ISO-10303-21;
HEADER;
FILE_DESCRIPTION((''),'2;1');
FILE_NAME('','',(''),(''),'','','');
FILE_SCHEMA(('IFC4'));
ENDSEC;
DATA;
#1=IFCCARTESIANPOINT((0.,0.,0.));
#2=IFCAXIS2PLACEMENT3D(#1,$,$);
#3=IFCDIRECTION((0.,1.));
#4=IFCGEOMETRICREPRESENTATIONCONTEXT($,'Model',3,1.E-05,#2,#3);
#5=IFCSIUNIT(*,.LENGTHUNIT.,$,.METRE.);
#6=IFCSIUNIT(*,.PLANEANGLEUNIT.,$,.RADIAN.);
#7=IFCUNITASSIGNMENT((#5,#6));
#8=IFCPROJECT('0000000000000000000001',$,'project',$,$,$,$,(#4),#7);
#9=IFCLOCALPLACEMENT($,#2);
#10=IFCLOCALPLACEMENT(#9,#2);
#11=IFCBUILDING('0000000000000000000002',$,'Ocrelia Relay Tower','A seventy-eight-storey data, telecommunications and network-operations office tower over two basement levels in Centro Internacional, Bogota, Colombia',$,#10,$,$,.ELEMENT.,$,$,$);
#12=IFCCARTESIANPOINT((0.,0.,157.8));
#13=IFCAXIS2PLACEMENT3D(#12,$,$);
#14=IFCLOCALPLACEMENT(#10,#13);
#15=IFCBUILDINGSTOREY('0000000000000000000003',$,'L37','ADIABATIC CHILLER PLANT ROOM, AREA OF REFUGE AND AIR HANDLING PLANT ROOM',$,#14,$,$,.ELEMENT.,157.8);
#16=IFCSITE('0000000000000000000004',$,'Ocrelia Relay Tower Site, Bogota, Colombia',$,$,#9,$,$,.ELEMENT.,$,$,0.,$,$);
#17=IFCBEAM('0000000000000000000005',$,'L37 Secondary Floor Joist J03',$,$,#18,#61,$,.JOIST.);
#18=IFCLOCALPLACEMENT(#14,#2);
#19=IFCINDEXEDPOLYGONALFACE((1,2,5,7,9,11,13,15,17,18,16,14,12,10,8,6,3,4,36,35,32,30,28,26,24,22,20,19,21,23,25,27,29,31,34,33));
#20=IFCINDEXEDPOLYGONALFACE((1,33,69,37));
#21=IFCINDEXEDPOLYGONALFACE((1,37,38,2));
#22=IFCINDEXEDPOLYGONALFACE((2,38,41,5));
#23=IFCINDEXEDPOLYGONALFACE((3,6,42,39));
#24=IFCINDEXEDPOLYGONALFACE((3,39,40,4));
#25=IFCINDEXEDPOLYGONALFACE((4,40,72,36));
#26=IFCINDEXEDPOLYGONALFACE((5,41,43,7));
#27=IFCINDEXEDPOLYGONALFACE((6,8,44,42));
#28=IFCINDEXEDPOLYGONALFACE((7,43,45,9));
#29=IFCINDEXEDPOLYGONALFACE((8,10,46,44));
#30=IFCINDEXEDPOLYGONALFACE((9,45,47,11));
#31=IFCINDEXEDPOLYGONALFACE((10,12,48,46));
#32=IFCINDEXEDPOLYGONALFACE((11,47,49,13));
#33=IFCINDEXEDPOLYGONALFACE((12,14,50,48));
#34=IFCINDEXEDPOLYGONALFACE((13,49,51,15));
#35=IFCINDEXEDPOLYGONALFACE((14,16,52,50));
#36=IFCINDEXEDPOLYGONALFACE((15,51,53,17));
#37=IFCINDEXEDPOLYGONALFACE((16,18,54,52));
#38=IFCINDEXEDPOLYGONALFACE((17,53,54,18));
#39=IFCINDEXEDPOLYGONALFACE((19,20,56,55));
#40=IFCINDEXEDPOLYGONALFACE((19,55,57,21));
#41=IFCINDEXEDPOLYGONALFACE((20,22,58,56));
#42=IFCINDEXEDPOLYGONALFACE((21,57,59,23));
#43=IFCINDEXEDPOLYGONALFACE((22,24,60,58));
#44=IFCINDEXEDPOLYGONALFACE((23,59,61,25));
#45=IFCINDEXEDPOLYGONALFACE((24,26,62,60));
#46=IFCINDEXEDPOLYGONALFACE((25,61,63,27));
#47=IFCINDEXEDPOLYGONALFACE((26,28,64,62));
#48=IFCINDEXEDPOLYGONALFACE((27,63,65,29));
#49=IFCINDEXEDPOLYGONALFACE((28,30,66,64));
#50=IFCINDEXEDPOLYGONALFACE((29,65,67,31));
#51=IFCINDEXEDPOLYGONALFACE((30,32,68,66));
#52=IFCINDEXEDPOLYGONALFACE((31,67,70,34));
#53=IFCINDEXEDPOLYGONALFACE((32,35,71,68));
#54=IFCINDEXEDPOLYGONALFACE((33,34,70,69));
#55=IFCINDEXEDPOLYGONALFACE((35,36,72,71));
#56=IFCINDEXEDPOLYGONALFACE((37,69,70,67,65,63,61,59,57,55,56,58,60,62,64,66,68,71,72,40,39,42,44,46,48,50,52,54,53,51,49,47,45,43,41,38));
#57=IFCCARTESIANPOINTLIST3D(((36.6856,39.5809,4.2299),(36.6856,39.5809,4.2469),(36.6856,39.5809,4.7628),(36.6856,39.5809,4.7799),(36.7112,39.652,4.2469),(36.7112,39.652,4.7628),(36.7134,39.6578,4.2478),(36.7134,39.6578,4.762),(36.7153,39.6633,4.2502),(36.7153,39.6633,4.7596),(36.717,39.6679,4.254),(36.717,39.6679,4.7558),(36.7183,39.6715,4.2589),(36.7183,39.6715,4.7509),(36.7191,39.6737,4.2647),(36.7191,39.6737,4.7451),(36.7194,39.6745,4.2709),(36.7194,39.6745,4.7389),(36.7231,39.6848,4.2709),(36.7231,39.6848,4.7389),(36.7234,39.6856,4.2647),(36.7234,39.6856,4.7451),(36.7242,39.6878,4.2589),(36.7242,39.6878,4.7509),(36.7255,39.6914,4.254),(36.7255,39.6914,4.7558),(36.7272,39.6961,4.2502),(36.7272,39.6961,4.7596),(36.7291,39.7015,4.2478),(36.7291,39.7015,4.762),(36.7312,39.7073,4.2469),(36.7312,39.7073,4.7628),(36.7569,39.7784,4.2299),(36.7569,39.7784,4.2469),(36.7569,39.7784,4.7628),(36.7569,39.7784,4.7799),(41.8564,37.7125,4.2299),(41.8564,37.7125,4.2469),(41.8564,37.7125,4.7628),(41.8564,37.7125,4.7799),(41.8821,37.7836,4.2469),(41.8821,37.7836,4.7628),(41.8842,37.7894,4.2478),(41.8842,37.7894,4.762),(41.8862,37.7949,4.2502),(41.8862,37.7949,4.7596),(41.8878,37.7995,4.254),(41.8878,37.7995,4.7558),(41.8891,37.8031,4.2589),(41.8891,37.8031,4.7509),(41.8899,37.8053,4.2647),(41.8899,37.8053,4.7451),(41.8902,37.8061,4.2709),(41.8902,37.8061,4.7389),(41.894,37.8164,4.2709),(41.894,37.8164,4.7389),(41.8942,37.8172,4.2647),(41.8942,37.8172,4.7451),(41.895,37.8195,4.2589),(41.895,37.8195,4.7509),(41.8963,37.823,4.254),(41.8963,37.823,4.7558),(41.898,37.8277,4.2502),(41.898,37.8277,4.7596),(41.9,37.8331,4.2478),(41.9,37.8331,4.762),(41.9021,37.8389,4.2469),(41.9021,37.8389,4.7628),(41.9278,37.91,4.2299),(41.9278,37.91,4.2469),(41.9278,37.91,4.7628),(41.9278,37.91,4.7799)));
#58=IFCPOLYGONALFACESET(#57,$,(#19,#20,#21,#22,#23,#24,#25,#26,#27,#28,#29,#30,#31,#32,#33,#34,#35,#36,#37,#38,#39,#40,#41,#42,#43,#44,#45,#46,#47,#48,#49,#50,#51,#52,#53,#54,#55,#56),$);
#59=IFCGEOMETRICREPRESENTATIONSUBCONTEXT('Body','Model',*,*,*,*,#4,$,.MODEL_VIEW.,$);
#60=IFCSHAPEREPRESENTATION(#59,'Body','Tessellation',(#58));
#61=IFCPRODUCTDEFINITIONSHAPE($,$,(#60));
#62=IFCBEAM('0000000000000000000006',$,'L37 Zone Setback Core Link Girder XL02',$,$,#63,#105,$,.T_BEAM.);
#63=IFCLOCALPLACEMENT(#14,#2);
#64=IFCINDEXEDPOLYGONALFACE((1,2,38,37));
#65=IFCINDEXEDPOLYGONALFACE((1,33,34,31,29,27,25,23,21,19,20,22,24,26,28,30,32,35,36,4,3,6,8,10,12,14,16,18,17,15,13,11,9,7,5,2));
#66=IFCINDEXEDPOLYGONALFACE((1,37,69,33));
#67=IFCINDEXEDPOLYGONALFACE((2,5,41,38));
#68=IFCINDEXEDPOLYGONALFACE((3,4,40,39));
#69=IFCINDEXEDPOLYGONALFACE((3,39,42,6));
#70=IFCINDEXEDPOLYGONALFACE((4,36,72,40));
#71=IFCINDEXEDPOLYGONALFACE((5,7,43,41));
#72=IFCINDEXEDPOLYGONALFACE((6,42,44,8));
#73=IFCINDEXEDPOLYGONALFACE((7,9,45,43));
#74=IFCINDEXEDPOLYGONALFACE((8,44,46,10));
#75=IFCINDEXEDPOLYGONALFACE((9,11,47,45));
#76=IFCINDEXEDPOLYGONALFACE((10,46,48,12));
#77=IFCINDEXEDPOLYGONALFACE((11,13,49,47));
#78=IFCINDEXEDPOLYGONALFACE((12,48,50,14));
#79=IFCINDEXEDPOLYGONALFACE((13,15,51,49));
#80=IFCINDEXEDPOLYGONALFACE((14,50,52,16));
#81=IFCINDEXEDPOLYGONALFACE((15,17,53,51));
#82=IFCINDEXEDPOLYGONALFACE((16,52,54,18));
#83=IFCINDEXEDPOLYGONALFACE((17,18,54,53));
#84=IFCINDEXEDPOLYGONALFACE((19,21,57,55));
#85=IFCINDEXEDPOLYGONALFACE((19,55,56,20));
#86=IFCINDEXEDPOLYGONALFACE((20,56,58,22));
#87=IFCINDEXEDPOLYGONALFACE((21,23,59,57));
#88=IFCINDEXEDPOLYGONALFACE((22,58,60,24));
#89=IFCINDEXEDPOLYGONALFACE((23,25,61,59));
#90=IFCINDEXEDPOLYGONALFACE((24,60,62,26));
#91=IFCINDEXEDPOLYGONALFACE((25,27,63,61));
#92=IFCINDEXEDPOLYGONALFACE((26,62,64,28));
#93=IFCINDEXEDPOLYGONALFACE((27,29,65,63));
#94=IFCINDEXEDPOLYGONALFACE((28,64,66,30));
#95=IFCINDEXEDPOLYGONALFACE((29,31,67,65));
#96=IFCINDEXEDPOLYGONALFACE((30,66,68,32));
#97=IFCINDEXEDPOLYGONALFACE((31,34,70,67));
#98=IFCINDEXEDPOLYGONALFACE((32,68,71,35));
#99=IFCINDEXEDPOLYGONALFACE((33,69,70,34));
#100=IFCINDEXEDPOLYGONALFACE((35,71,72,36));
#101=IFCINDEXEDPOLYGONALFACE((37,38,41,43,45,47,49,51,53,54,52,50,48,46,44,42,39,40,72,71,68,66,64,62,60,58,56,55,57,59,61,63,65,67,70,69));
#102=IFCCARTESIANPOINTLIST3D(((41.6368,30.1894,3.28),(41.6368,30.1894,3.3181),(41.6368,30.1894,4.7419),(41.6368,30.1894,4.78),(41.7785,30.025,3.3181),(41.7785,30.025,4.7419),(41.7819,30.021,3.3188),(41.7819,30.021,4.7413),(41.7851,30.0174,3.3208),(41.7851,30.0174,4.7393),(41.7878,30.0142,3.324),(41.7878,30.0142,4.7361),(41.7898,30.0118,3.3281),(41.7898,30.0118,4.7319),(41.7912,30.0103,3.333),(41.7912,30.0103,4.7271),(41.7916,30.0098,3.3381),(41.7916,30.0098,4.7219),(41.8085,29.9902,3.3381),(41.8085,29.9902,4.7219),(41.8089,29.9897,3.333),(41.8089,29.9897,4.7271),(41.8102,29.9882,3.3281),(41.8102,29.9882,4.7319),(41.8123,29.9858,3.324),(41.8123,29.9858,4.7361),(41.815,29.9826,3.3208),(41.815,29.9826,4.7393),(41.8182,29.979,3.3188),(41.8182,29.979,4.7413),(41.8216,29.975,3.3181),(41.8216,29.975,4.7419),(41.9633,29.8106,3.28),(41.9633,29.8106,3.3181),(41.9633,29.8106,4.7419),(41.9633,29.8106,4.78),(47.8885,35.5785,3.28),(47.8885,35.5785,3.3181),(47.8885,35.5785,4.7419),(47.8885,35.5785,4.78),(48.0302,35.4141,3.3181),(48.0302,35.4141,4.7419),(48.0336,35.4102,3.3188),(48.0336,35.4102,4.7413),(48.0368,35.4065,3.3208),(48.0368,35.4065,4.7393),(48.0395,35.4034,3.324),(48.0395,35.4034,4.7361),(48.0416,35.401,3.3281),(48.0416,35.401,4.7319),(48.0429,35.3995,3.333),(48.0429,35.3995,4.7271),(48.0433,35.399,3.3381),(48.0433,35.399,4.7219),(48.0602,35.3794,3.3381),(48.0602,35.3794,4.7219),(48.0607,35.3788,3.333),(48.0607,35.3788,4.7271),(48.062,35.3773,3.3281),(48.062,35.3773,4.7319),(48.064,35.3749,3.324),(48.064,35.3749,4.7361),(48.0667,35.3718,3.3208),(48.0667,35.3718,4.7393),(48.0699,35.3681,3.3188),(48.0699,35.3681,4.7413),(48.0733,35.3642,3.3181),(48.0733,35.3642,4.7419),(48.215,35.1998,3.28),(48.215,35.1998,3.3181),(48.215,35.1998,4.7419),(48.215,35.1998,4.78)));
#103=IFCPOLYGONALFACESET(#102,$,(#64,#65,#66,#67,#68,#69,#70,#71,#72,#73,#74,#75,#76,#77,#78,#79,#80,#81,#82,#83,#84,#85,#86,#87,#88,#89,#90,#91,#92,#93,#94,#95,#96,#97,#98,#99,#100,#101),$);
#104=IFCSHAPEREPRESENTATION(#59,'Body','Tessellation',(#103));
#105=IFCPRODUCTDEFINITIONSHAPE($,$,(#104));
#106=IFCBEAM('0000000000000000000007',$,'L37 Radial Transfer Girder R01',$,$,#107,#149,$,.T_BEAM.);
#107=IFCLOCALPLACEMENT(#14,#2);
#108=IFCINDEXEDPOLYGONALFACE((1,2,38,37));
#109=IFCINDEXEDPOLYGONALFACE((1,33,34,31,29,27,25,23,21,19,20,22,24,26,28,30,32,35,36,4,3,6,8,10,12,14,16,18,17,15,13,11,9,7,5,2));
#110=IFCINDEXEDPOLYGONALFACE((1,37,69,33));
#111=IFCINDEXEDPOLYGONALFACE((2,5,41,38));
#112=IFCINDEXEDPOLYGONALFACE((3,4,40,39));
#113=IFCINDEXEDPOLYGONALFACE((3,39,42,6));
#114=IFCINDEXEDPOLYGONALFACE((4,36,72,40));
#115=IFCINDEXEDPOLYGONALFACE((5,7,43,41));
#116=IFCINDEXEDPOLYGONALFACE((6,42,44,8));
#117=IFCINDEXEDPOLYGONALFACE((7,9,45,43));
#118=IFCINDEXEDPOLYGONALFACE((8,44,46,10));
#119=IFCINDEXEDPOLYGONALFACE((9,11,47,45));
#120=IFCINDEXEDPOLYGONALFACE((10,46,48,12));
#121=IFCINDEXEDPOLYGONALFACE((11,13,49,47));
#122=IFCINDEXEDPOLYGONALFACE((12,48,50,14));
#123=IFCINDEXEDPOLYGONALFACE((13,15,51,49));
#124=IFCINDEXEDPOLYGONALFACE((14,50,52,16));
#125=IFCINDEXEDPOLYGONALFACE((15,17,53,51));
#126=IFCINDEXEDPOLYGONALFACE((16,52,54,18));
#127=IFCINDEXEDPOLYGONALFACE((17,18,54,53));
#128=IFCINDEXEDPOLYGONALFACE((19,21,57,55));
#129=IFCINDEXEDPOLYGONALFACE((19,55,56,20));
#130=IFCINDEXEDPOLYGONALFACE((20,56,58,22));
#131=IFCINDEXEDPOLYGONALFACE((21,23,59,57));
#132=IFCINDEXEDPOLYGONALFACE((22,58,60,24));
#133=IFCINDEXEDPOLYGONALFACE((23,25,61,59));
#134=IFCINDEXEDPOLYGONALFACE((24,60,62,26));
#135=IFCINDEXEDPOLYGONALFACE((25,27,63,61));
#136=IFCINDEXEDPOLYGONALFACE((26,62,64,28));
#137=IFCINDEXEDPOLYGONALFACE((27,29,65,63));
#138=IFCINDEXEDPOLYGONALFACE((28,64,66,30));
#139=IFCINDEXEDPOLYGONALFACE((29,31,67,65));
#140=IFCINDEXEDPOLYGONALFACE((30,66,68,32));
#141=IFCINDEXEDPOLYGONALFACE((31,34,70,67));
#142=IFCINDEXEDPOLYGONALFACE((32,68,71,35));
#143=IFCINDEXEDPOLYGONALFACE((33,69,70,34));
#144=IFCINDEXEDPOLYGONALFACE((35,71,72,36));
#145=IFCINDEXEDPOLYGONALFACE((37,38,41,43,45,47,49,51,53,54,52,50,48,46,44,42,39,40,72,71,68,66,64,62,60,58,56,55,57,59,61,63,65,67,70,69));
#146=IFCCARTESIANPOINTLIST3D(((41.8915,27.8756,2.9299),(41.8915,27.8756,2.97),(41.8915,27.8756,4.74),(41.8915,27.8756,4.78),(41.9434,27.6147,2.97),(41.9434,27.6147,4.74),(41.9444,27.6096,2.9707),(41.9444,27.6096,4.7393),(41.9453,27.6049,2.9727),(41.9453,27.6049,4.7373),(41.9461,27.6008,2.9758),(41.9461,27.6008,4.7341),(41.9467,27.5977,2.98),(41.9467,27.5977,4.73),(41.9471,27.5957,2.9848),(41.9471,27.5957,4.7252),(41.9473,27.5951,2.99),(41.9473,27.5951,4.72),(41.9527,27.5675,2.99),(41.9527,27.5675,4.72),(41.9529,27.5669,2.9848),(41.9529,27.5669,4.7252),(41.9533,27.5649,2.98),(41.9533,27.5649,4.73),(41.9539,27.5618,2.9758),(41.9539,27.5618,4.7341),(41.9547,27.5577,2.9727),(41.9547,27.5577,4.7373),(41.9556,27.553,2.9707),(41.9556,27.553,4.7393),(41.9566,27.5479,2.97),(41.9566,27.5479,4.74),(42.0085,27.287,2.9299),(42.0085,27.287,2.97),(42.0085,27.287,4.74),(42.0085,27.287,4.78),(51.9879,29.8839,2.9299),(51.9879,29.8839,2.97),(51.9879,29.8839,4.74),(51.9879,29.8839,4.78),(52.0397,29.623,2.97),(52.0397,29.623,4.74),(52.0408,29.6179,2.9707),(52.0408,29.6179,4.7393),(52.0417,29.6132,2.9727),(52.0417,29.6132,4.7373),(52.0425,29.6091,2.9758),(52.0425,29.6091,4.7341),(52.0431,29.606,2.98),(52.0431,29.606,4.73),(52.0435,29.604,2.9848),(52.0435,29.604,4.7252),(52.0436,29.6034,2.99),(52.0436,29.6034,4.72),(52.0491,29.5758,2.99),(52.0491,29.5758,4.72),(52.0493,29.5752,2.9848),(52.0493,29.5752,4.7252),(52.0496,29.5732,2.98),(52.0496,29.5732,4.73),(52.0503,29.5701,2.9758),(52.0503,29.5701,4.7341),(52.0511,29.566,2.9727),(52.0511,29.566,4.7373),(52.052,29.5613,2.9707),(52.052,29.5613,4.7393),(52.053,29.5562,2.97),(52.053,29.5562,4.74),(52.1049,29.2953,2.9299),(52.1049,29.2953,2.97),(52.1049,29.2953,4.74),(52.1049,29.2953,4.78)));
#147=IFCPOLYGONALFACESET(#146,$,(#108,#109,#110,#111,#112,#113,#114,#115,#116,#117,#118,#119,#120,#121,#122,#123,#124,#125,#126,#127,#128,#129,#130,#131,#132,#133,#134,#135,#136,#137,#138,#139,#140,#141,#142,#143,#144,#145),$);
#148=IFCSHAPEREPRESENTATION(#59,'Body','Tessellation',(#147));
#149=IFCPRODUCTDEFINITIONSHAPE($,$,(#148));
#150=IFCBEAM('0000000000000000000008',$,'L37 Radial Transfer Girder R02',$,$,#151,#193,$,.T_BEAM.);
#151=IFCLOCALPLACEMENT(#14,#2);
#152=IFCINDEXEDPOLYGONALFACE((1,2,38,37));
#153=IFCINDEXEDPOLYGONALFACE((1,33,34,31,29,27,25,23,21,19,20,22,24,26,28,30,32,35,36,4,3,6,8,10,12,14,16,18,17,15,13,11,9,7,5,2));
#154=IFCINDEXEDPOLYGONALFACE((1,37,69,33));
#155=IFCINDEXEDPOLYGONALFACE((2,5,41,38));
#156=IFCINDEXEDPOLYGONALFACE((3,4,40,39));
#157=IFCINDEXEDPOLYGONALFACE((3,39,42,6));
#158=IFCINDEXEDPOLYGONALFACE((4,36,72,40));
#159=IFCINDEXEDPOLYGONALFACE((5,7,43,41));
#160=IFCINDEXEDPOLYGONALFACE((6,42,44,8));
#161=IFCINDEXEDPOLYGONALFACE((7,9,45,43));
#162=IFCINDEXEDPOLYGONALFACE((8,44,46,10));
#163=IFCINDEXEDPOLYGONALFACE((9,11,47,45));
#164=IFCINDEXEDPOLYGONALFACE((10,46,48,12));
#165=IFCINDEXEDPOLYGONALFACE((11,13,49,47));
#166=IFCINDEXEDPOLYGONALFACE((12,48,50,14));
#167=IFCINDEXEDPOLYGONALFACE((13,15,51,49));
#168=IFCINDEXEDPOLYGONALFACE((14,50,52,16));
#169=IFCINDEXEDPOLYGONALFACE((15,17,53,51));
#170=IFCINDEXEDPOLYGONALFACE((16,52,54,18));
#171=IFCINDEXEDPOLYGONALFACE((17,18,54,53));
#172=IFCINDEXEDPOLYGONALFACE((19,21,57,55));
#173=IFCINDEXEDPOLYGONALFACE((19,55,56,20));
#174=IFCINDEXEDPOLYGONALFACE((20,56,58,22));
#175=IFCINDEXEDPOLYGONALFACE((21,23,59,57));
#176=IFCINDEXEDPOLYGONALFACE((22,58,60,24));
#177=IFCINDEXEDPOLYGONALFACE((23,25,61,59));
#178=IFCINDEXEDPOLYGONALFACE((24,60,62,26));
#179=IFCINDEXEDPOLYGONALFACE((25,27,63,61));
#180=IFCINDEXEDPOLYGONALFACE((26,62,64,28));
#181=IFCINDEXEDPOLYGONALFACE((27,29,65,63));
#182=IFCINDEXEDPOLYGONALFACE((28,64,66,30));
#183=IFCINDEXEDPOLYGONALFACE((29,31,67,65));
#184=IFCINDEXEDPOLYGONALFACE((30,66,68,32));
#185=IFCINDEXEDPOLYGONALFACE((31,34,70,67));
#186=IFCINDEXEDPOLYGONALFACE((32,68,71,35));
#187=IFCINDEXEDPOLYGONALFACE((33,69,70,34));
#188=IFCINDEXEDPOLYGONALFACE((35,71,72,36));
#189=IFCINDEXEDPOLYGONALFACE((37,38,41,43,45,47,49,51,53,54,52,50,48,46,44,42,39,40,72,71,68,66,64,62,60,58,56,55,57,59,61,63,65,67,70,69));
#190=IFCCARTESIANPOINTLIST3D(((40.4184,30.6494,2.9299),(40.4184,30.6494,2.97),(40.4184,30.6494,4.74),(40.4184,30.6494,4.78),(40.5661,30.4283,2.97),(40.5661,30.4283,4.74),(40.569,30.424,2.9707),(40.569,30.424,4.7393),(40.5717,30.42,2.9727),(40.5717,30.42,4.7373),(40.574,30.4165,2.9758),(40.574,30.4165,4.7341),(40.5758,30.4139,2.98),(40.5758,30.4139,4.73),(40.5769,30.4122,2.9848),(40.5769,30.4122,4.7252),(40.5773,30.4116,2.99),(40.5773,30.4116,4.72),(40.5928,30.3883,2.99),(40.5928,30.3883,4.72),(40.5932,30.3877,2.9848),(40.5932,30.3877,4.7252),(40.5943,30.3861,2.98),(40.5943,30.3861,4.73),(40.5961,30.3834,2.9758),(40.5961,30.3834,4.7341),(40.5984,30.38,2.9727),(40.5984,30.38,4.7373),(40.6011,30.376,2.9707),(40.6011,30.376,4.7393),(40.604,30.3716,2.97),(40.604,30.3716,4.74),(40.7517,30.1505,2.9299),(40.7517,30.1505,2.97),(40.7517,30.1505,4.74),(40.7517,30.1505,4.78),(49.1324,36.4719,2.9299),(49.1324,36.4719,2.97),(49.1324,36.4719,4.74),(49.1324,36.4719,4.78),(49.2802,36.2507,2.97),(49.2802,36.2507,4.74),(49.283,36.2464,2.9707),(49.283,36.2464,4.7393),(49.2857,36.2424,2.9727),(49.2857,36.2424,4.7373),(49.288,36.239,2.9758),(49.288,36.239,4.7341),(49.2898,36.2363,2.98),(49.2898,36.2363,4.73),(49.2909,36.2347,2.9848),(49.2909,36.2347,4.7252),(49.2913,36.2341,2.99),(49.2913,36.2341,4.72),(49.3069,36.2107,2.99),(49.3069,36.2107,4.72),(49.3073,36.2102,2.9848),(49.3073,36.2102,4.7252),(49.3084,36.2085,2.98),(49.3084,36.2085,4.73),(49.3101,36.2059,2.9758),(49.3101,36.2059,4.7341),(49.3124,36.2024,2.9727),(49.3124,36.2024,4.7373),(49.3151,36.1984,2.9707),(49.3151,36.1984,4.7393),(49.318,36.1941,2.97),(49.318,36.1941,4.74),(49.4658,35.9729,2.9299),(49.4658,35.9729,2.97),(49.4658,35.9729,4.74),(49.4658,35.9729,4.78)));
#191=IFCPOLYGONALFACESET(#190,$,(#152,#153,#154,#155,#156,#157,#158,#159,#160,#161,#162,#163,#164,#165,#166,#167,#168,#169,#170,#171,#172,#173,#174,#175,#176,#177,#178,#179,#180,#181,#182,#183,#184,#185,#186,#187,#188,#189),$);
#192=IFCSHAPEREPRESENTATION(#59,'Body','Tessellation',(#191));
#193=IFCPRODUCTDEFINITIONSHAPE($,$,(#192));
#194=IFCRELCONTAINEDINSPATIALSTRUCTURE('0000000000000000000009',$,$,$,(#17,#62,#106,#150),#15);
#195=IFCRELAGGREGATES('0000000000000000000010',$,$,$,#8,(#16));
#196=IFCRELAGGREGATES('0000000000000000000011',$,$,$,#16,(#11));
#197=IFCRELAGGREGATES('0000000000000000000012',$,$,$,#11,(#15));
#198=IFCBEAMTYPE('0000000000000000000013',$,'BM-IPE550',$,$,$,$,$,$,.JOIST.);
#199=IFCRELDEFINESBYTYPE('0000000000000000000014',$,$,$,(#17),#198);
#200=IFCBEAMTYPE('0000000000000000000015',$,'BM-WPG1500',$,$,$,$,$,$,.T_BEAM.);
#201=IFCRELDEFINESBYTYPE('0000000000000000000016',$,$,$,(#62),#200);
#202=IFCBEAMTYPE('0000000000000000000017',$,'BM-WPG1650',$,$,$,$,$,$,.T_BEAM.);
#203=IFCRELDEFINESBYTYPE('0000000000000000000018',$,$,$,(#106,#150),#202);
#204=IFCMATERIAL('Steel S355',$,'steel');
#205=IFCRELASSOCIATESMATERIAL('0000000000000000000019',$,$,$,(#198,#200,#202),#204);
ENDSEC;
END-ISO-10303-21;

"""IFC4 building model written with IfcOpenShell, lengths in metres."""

from ifc_helpers import new_model, si_unit, direction, frame, origin, origin_2d, place, context, subcontext, project, spatial, i_section, extrude, material, material_profile, profile_set, type_object, element, save


model = new_model("IFC4")

# Units and contexts
model_context = context("Model", 3, precision=1e-05, world=origin(), true_north=direction((0.0, 1.0)))
body_context = subcontext(model_context, "Body", "Model", "MODEL_VIEW")
ifc_project = project(units=[si_unit("LENGTHUNIT", "METRE"), si_unit("PLANEANGLEUNIT", "RADIAN")], contexts=[model_context])

# Site, building, storey
site_placement = place(None, origin())
site = spatial("IfcSite", under=ifc_project, at=site_placement, Name="Ocrelia Relay Tower Site, Bogota, Colombia", CompositionType="ELEMENT", RefElevation=0.0)
building_placement = place(site_placement, origin())
building = spatial("IfcBuilding", under=site, at=building_placement, Name="Ocrelia Relay Tower", Description="A seventy-eight-storey data, telecommunications and network-operations office tower over two basement levels in Centro Internacional, Bogota, Colombia", CompositionType="ELEMENT")
storey_placement = place(building_placement, frame((0.0, 0.0, 157.8)))
storey = spatial("IfcBuildingStorey", under=building, at=storey_placement, Name="L37", Description="ADIABATIC CHILLER PLANT ROOM, AREA OF REFUGE AND AIR HANDLING PLANT ROOM", CompositionType="ELEMENT", Elevation=157.8)

# Beams
ifc_material_1 = material(Name="Steel S355", Category="steel")
ifc_material_profile_1 = material_profile(ifc_material_1, i_section(OverallWidth=0.21, OverallDepth=0.55, WebThickness=0.011, FlangeThickness=0.0171, FilletRadius=0.0239, at=origin_2d()), Name="IPE 550")
ifc_profile_set_1 = profile_set([ifc_material_profile_1], Name="Steel S355")
beam_type_1 = type_object("IfcBeamType", Name="BM-IPE550", PredefinedType="JOIST", material=ifc_profile_set_1)
beam_1_placement = place(storey_placement, frame((41.8921, 37.8113, 4.5049), z_axis=(-0.940488, 0.339828, 0.0), x_axis=(-0.339828, -0.940488, 0.0)))
element("IfcBeam", 1, at=beam_1_placement, inside=storey, type_object=beam_type_1, Name="L37 Secondary Floor Joist J03", PredefinedType="JOIST", context=body_context, shape_type="SweptSolid", body=[
    extrude(i_section(OverallWidth=0.21, OverallDepth=0.55, WebThickness=0.011, FlangeThickness=0.0171, FilletRadius=0.0239, at=origin_2d()), origin(), (0.0, 0.0, 1.0), 5.498),
])
ifc_material_profile_2 = material_profile(ifc_material_1, i_section(OverallWidth=0.5, OverallDepth=1.5, WebThickness=0.0259, FlangeThickness=0.0381, FilletRadius=0.02, at=origin_2d()), Name="WPG 1500x500")
ifc_profile_set_2 = profile_set([ifc_material_profile_2], Name="Steel S355")
beam_type_2 = type_object("IfcBeamType", Name="BM-WPG1500", PredefinedType="T_BEAM", material=ifc_profile_set_2)
beam_2_placement = place(storey_placement, frame((48.0518, 35.3892, 4.03), z_axis=(-0.757425, -0.652923, 0.0), x_axis=(0.652923, -0.757425, 0.0)))
element("IfcBeam", 2, at=beam_2_placement, inside=storey, type_object=beam_type_2, Name="L37 Zone Setback Core Link Girder XL02", PredefinedType="T_BEAM", context=body_context, shape_type="SweptSolid", body=[
    extrude(i_section(OverallWidth=0.5, OverallDepth=1.5, WebThickness=0.0259, FlangeThickness=0.0381, FilletRadius=0.02, at=origin_2d()), origin(), (0.0, 0.0, 1.0), 8.2539),
])
ifc_material_profile_3 = material_profile(ifc_material_1, i_section(OverallWidth=0.6001, OverallDepth=1.8501, WebThickness=0.0281, FlangeThickness=0.04, FilletRadius=0.02, at=origin_2d()), Name="WPG 1850x600")
ifc_profile_set_3 = profile_set([ifc_material_profile_3], Name="Steel S355")
beam_type_3 = type_object("IfcBeamType", Name="BM-WPG1650", PredefinedType="T_BEAM", material=ifc_profile_set_3)
beam_3_placement = place(storey_placement, frame((52.0464, 29.5896, 3.855), z_axis=(-0.980785, -0.19509, 0.0), x_axis=(0.19509, -0.980785, 0.0)))
element("IfcBeam", 3, at=beam_3_placement, inside=storey, type_object=beam_type_3, Name="L37 Radial Transfer Girder R01", PredefinedType="T_BEAM", context=body_context, shape_type="SweptSolid", body=[
    extrude(i_section(OverallWidth=0.6001, OverallDepth=1.8501, WebThickness=0.0281, FlangeThickness=0.04, FilletRadius=0.02, at=origin_2d()), origin(), (0.0, 0.0, 1.0), 10.2942),
])
beam_4_placement = place(storey_placement, frame((49.2991, 36.2224, 3.855), z_axis=(-0.831473, -0.555565, 0.0), x_axis=(0.555565, -0.831473, 0.0)))
element("IfcBeam", 4, at=beam_4_placement, inside=storey, type_object=beam_type_3, Name="L37 Radial Transfer Girder R02", PredefinedType="T_BEAM", context=body_context, shape_type="SweptSolid", body=[
    extrude(i_section(OverallWidth=0.6001, OverallDepth=1.8501, WebThickness=0.0281, FlangeThickness=0.04, FilletRadius=0.02, at=origin_2d()), origin(), (0.0, 0.0, 1.0), 10.4802),
])

save(model, "model.ifc")
